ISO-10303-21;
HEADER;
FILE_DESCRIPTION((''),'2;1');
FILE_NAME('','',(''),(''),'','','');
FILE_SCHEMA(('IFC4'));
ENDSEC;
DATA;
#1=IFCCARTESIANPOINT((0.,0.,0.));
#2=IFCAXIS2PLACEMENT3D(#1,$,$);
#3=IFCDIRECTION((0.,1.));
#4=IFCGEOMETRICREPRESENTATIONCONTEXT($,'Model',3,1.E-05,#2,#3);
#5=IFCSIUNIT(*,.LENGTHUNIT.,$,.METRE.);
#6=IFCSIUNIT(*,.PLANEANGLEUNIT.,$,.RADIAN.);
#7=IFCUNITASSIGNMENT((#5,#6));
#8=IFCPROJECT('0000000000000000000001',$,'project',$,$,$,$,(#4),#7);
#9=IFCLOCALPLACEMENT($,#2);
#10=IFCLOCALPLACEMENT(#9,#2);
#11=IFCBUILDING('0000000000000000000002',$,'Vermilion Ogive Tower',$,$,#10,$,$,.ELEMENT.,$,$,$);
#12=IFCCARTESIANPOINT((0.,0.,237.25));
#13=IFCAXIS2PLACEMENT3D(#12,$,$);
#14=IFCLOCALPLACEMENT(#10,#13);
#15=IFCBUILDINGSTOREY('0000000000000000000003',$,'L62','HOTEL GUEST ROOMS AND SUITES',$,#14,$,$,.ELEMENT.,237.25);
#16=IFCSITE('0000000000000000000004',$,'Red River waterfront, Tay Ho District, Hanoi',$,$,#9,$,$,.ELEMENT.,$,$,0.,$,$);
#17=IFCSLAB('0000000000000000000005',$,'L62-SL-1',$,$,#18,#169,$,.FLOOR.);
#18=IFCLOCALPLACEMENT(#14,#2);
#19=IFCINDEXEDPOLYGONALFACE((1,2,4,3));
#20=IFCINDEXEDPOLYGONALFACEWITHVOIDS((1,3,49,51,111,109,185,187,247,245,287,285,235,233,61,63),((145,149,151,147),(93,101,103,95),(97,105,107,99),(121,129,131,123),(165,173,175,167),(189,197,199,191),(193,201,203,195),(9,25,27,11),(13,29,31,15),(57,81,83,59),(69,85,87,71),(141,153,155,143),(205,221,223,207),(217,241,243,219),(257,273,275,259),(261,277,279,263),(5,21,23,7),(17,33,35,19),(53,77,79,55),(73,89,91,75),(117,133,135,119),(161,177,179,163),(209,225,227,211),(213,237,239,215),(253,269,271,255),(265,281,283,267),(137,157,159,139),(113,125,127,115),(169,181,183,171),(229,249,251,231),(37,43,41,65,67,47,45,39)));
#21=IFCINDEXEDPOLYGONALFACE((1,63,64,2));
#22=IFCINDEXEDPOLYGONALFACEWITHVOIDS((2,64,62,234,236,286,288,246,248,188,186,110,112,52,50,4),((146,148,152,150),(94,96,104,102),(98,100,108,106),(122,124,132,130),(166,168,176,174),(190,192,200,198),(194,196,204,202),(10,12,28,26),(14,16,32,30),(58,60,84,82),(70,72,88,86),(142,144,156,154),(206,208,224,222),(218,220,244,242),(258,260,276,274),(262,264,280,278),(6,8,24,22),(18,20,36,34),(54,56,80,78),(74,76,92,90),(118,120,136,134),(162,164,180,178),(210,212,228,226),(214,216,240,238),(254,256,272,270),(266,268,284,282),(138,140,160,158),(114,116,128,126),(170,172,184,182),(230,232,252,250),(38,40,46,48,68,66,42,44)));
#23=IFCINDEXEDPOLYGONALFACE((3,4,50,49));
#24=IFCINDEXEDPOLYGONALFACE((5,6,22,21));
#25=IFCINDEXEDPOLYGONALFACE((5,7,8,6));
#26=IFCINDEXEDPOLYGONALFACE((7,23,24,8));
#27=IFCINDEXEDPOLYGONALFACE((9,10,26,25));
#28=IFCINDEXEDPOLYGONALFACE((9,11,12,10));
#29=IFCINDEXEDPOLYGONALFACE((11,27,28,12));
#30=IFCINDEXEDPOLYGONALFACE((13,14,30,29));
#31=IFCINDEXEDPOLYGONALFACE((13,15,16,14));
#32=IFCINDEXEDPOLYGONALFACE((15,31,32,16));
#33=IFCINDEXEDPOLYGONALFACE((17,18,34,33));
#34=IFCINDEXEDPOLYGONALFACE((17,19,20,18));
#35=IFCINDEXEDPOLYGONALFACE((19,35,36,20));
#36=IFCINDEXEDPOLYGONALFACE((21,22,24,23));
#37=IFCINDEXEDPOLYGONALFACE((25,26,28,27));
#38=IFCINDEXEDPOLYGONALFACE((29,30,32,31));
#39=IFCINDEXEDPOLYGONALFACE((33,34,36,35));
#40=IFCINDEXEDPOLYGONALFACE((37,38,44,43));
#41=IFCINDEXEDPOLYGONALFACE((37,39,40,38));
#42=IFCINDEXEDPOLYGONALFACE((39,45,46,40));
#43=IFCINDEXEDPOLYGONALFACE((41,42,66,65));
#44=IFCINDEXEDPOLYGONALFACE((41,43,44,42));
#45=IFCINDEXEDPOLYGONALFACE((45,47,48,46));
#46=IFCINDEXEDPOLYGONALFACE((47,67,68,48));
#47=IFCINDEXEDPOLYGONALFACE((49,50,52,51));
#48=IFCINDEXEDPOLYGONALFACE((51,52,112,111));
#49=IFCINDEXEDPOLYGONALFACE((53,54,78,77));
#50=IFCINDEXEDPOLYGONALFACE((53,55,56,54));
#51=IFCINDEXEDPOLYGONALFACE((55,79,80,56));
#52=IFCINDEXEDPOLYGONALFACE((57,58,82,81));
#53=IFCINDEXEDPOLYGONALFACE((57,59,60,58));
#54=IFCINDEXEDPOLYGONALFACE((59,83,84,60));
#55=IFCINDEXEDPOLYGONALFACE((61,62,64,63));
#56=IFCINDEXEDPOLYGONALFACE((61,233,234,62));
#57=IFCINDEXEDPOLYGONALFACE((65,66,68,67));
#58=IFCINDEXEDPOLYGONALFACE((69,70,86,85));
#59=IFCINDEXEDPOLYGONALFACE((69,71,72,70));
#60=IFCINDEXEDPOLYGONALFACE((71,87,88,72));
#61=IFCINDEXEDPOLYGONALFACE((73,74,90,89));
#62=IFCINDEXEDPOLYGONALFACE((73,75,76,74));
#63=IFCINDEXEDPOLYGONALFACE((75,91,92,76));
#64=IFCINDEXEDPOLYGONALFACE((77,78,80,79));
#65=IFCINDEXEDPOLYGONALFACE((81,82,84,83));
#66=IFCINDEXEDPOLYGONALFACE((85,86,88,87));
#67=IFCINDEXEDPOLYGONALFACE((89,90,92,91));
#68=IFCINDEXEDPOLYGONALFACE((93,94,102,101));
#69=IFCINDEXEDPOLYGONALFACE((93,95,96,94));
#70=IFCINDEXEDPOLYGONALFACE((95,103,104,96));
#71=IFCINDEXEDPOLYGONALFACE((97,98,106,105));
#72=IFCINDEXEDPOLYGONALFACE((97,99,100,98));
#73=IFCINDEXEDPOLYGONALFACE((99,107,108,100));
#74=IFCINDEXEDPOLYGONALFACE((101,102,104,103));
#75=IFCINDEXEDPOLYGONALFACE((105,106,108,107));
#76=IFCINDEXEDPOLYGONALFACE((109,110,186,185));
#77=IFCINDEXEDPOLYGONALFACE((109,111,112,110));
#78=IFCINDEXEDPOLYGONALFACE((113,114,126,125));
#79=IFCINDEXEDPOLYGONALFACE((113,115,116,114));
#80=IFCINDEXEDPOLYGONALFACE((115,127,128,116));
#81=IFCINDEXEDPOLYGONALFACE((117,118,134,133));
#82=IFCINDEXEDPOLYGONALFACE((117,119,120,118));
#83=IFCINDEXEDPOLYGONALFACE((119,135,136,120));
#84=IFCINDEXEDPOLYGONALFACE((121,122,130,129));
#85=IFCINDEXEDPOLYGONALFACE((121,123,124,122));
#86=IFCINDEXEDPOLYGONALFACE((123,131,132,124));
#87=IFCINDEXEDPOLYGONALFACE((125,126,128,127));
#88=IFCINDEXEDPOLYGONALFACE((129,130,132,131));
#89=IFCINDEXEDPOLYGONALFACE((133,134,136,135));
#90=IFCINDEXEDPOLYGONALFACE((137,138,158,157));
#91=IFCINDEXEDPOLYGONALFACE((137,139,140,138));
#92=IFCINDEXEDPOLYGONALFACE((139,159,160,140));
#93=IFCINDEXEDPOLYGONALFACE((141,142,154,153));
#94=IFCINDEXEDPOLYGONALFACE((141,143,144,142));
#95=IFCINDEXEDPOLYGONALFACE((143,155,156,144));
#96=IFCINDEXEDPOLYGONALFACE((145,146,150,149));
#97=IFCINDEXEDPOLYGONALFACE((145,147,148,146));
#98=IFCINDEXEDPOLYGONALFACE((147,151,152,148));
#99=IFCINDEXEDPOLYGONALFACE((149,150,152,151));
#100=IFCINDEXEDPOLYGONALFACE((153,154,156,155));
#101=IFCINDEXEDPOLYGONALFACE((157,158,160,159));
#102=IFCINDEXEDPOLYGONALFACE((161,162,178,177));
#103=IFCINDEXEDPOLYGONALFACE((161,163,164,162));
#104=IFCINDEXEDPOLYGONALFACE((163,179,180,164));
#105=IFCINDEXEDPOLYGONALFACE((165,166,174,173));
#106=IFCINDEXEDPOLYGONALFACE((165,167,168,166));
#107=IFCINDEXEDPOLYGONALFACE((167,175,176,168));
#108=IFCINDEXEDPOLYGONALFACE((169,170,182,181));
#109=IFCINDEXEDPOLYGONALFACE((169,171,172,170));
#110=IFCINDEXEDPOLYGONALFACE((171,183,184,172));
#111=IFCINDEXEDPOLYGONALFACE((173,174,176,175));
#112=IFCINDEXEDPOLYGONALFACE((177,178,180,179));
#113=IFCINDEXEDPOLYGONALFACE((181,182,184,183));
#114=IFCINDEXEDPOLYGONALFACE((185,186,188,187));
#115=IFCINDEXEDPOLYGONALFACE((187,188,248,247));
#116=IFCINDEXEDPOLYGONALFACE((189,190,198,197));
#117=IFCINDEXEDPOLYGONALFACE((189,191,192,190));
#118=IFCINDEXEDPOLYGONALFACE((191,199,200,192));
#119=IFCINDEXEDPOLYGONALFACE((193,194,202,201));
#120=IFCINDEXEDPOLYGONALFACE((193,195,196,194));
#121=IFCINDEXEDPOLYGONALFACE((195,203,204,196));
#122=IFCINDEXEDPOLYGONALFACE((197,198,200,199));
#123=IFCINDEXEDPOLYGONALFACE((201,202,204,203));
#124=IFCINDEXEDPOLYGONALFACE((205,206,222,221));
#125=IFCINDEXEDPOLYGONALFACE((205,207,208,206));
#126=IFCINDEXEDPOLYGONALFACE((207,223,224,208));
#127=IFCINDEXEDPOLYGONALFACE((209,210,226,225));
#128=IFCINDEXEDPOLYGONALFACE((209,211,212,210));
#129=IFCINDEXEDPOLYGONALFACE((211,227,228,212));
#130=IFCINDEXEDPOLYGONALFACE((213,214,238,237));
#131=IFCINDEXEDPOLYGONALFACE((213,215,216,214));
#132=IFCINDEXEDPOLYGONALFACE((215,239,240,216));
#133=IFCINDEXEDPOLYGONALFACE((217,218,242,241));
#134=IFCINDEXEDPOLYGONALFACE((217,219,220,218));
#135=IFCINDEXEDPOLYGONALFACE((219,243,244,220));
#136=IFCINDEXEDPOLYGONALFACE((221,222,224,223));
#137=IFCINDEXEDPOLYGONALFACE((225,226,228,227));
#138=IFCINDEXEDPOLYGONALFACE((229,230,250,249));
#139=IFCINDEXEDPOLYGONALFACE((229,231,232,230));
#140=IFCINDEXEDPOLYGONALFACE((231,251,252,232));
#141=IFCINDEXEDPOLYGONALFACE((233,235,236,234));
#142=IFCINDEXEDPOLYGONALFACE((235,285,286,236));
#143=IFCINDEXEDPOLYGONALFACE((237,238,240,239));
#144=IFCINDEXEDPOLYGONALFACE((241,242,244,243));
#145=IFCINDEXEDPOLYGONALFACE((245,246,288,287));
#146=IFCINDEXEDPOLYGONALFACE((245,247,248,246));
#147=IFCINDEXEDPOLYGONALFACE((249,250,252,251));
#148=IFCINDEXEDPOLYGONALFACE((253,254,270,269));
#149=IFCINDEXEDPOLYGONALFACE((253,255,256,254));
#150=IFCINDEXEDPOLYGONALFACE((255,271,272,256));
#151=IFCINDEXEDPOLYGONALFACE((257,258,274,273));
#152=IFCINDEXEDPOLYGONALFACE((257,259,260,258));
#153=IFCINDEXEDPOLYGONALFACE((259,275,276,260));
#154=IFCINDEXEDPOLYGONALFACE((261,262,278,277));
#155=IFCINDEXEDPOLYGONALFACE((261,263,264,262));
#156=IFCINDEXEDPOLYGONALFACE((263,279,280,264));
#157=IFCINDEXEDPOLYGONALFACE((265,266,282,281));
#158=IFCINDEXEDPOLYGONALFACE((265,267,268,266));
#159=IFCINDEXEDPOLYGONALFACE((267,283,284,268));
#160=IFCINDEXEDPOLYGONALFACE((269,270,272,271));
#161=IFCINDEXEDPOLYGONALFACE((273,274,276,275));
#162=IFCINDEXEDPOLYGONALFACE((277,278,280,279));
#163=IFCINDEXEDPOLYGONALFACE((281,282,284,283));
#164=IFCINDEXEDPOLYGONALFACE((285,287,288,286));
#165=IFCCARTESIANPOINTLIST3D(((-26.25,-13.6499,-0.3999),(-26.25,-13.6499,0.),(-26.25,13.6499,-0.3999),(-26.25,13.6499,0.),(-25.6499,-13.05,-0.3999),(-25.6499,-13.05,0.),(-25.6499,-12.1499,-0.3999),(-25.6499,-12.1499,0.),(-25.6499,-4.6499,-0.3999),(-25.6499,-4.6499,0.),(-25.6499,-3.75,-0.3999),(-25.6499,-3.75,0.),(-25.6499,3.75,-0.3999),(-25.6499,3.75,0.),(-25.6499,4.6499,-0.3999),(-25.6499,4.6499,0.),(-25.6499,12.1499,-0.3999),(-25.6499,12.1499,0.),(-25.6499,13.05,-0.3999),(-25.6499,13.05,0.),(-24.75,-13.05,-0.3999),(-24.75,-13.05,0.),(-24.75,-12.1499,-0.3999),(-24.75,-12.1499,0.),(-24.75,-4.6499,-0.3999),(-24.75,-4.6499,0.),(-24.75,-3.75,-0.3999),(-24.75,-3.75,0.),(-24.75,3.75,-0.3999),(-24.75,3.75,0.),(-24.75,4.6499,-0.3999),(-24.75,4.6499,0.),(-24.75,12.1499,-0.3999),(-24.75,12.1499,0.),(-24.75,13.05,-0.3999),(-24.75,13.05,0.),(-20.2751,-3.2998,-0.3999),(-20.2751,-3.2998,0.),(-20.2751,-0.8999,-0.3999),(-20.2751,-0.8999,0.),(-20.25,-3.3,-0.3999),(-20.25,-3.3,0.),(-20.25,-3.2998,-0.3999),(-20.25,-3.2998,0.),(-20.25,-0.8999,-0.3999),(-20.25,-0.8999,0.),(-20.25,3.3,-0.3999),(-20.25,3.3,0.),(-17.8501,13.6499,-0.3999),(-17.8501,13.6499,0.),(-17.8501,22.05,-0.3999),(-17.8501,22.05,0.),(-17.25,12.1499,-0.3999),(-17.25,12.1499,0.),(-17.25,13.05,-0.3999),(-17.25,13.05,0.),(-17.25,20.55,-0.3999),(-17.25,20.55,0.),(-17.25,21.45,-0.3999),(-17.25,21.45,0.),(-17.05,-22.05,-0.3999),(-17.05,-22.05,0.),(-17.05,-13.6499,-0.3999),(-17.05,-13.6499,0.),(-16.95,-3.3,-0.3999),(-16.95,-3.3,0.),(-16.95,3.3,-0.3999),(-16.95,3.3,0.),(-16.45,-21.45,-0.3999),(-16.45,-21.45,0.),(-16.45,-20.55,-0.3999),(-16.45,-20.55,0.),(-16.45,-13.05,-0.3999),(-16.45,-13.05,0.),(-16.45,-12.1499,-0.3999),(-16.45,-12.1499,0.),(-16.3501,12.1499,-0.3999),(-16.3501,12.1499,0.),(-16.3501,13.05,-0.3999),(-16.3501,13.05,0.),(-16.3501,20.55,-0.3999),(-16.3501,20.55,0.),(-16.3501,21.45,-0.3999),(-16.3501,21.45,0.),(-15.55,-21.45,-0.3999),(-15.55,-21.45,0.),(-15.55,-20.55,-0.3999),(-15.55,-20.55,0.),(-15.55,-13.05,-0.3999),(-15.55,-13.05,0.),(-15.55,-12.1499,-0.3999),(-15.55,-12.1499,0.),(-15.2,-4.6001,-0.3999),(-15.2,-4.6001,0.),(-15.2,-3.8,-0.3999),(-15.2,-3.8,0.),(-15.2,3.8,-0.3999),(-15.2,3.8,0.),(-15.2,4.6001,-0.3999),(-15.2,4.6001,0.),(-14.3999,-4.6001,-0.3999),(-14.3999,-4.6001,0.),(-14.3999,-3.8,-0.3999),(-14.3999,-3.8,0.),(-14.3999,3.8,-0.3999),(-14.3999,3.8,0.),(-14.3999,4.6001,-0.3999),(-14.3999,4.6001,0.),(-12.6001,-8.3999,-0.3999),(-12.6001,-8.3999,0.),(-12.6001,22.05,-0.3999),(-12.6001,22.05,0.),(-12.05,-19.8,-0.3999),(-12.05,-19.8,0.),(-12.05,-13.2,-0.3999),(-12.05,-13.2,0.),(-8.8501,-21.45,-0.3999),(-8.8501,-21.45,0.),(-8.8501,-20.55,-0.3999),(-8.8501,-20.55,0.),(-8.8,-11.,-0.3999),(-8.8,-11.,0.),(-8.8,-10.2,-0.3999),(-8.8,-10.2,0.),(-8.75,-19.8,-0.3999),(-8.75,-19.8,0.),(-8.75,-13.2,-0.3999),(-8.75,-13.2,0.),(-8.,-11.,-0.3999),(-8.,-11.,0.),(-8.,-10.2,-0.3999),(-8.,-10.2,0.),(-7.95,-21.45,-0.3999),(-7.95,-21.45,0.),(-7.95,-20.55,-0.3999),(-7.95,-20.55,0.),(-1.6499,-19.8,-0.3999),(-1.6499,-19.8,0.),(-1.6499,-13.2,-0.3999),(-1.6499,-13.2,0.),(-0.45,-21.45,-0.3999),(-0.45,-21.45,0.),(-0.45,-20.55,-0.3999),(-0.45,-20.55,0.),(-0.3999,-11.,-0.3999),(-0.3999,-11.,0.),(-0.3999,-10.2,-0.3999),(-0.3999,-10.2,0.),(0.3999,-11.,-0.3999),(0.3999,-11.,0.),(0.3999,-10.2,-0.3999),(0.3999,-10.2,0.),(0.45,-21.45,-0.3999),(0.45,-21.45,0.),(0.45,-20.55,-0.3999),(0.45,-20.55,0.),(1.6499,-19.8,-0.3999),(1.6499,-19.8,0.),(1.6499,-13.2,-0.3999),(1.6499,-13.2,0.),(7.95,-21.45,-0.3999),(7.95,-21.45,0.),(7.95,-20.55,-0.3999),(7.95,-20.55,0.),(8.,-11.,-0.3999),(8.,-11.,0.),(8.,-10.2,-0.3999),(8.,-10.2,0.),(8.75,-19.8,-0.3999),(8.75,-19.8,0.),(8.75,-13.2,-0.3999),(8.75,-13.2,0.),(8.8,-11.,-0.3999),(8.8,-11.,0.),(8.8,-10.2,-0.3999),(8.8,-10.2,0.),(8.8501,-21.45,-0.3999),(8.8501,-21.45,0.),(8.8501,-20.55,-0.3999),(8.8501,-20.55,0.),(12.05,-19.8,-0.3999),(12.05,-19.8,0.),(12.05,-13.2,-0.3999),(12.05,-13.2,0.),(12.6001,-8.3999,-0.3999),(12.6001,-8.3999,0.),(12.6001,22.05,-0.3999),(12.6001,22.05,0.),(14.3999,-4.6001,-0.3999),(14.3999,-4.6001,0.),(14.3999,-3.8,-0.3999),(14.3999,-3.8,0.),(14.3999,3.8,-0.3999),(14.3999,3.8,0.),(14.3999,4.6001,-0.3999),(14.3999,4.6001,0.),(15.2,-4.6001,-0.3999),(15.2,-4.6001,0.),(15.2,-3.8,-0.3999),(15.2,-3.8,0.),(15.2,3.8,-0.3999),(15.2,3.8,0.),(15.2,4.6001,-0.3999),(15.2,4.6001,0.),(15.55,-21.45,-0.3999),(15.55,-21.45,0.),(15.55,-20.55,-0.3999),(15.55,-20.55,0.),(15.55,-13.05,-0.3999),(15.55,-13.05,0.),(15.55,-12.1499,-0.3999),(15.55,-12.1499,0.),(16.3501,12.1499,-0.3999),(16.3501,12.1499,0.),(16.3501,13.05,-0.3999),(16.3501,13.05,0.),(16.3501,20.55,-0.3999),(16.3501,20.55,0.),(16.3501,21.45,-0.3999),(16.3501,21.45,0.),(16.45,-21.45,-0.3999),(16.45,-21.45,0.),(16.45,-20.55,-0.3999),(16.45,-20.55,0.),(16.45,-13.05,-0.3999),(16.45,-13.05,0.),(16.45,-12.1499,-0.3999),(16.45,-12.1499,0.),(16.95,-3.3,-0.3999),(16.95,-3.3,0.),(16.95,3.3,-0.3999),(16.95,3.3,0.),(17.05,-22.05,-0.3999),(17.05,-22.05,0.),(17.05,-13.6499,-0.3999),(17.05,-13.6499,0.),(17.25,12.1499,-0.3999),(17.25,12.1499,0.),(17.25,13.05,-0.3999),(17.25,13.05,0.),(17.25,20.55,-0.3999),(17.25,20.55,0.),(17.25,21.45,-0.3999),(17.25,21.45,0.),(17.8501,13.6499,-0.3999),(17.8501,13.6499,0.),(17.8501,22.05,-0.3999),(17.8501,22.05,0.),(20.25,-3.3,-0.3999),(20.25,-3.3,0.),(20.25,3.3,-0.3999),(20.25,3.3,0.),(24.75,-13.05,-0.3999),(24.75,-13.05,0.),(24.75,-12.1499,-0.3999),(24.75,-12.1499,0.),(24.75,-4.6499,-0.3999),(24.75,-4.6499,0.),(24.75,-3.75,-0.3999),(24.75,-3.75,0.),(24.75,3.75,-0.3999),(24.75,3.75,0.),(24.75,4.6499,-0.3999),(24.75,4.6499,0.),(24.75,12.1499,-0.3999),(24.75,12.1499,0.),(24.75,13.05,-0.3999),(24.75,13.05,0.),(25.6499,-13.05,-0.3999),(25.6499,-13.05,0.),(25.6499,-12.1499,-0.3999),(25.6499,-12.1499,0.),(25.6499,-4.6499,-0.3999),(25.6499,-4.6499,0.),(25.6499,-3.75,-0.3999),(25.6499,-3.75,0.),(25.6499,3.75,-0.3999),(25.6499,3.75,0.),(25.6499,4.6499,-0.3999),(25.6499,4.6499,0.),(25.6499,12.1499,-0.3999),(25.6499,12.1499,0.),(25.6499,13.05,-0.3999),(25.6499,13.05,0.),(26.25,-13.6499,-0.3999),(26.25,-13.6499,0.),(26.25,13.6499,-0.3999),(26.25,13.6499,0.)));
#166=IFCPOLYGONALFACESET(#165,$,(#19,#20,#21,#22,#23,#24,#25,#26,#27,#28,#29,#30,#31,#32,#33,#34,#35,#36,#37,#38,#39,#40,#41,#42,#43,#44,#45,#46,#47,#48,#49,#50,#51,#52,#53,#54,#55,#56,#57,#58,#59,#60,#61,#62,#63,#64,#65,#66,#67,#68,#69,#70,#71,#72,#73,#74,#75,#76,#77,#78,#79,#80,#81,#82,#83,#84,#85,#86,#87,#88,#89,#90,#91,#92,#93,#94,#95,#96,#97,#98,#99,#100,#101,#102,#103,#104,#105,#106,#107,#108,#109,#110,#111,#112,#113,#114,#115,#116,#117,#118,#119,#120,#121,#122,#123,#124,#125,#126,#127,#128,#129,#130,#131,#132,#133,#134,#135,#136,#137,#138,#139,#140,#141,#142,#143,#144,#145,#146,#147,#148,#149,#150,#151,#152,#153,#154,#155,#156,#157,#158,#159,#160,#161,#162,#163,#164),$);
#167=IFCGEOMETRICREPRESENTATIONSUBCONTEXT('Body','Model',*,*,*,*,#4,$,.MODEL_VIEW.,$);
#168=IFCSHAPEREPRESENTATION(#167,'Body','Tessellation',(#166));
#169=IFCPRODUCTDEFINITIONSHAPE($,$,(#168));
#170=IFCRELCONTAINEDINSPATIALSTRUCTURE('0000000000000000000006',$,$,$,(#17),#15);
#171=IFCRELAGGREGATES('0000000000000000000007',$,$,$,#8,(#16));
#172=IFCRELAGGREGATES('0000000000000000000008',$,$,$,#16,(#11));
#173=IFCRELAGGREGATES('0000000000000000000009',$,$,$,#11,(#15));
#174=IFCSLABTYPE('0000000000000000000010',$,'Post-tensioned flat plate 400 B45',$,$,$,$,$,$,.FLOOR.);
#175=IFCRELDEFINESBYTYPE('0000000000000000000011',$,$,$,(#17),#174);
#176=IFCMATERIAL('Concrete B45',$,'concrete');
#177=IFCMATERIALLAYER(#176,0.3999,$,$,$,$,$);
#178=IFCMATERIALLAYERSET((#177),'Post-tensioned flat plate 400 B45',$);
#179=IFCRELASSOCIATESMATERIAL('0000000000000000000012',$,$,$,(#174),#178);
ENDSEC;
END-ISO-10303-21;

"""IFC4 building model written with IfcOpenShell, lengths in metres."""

from ifc_helpers import new_model, si_unit, direction, frame, origin, place, context, subcontext, project, spatial, polyline, outline, extrude, material, layer, layer_set, type_object, element, save


model = new_model("IFC4")

# Units and contexts
model_context = context("Model", 3, precision=1e-05, world=origin(), true_north=direction((0.0, 1.0)))
body_context = subcontext(model_context, "Body", "Model", "MODEL_VIEW")
ifc_project = project(units=[si_unit("LENGTHUNIT", "METRE"), si_unit("PLANEANGLEUNIT", "RADIAN")], contexts=[model_context])

# Site, building, storey
site_placement = place(None, origin())
site = spatial("IfcSite", under=ifc_project, at=site_placement, Name="Red River waterfront, Tay Ho District, Hanoi", CompositionType="ELEMENT", RefElevation=0.0)
building_placement = place(site_placement, origin())
building = spatial("IfcBuilding", under=site, at=building_placement, Name="Vermilion Ogive Tower", CompositionType="ELEMENT")
storey_placement = place(building_placement, frame((0.0, 0.0, 237.25)))
storey = spatial("IfcBuildingStorey", under=building, at=storey_placement, Name="L62", Description="HOTEL GUEST ROOMS AND SUITES", CompositionType="ELEMENT", Elevation=237.25)

# Slab
ifc_material_1 = material(Name="Concrete B45", Category="concrete")
ifc_layer_1 = layer(ifc_material_1, 0.3999)
ifc_layer_set_1 = layer_set([ifc_layer_1], Name="Post-tensioned flat plate 400 B45")
slab_type_1 = type_object("IfcSlabType", Name="Post-tensioned flat plate 400 B45", PredefinedType="FLOOR", material=ifc_layer_set_1)
slab_1_placement = place(storey_placement, frame((0.0, 0.0, -0.3999)))
element("IfcSlab", 1, at=slab_1_placement, inside=storey, type_object=slab_type_1, Name="L62-SL-1", PredefinedType="FLOOR", context=body_context, shape_type="SweptSolid", body=[
    extrude(outline(polyline([(-26.25, -13.6499), (-17.05, -13.6499), (-17.05, -22.05), (17.05, -22.05), (17.05, -13.6499), (26.25, -13.6499), (26.25, 13.6499), (17.8501, 13.6499), (17.8501, 22.05), (12.6001, 22.05), (12.6001, -8.3999), (-12.6001, -8.3999), (-12.6001, 22.05), (-17.8501, 22.05), (-17.8501, 13.6499), (-26.25, 13.6499), (-26.25, -13.6499)]), holes=[polyline([(25.6499, -3.75), (25.6499, -4.6499), (24.75, -4.6499), (24.75, -3.75), (25.6499, -3.75)]), polyline([(25.6499, -12.1499), (25.6499, -13.05), (24.75, -13.05), (24.75, -12.1499), (25.6499, -12.1499)]), polyline([(25.6499, 12.1499), (24.75, 12.1499), (24.75, 13.05), (25.6499, 13.05), (25.6499, 12.1499)]), polyline([(25.6499, 3.75), (24.75, 3.75), (24.75, 4.6499), (25.6499, 4.6499), (25.6499, 3.75)]), polyline([(20.25, 3.3), (20.25, -3.3), (16.95, -3.3), (16.95, 3.3), (20.25, 3.3)]), polyline([(17.25, 13.05), (17.25, 12.1499), (16.3501, 12.1499), (16.3501, 13.05), (17.25, 13.05)]), polyline([(17.25, 20.55), (16.3501, 20.55), (16.3501, 21.45), (17.25, 21.45), (17.25, 20.55)]), polyline([(16.45, -12.1499), (16.45, -13.05), (15.55, -13.05), (15.55, -12.1499), (16.45, -12.1499)]), polyline([(16.45, -20.55), (16.45, -21.45), (15.55, -21.45), (15.55, -20.55), (16.45, -20.55)]), polyline([(15.2, 4.6001), (15.2, 3.8), (14.3999, 3.8), (14.3999, 4.6001), (15.2, 4.6001)]), polyline([(15.2, -4.6001), (14.3999, -4.6001), (14.3999, -3.8), (15.2, -3.8), (15.2, -4.6001)]), polyline([(12.05, -13.2), (12.05, -19.8), (8.75, -19.8), (8.75, -13.2), (12.05, -13.2)]), polyline([(8.8501, -20.55), (8.8501, -21.45), (7.95, -21.45), (7.95, -20.55), (8.8501, -20.55)]), polyline([(8.8, -11.0), (8.0, -11.0), (8.0, -10.2), (8.8, -10.2), (8.8, -11.0)]), polyline([(1.6499, -13.2), (1.6499, -19.8), (-1.6499, -19.8), (-1.6499, -13.2), (1.6499, -13.2)]), polyline([(0.45, -20.55), (0.45, -21.45), (-0.45, -21.45), (-0.45, -20.55), (0.45, -20.55)]), polyline([(0.3999, -10.2), (0.3999, -11.0), (-0.3999, -11.0), (-0.3999, -10.2), (0.3999, -10.2)]), polyline([(-7.95, -20.55), (-7.95, -21.45), (-8.8501, -21.45), (-8.8501, -20.55), (-7.95, -20.55)]), polyline([(-8.0, -10.2), (-8.0, -11.0), (-8.8, -11.0), (-8.8, -10.2), (-8.0, -10.2)]), polyline([(-8.75, -13.2), (-8.75, -19.8), (-12.05, -19.8), (-12.05, -13.2), (-8.75, -13.2)]), polyline([(-14.3999, 4.6001), (-14.3999, 3.8), (-15.2, 3.8), (-15.2, 4.6001), (-14.3999, 4.6001)]), polyline([(-14.3999, -4.6001), (-15.2, -4.6001), (-15.2, -3.8), (-14.3999, -3.8), (-14.3999, -4.6001)]), polyline([(-15.55, -12.1499), (-15.55, -13.05), (-16.45, -13.05), (-16.45, -12.1499), (-15.55, -12.1499)]), polyline([(-15.55, -20.55), (-15.55, -21.45), (-16.45, -21.45), (-16.45, -20.55), (-15.55, -20.55)]), polyline([(-16.3501, 13.05), (-16.3501, 12.1499), (-17.25, 12.1499), (-17.25, 13.05), (-16.3501, 13.05)]), polyline([(-16.3501, 20.55), (-17.25, 20.55), (-17.25, 21.45), (-16.3501, 21.45), (-16.3501, 20.55)]), polyline([(-16.95, 3.3), (-16.95, -3.3), (-20.25, -3.3), (-20.25, -3.2998), (-20.2751, -3.2998), (-20.2751, -0.8999), (-20.25, -0.8999), (-20.25, 3.3), (-16.95, 3.3)]), polyline([(-24.75, 3.75), (-25.6499, 3.75), (-25.6499, 4.6499), (-24.75, 4.6499), (-24.75, 3.75)]), polyline([(-24.75, 13.05), (-24.75, 12.1499), (-25.6499, 12.1499), (-25.6499, 13.05), (-24.75, 13.05)]), polyline([(-24.75, -3.75), (-24.75, -4.6499), (-25.6499, -4.6499), (-25.6499, -3.75), (-24.75, -3.75)]), polyline([(-24.75, -12.1499), (-24.75, -13.05), (-25.6499, -13.05), (-25.6499, -12.1499), (-24.75, -12.1499)])]), origin(), (0.0, 0.0, 1.0), 0.3999),
])

save(model, "model.ifc")
